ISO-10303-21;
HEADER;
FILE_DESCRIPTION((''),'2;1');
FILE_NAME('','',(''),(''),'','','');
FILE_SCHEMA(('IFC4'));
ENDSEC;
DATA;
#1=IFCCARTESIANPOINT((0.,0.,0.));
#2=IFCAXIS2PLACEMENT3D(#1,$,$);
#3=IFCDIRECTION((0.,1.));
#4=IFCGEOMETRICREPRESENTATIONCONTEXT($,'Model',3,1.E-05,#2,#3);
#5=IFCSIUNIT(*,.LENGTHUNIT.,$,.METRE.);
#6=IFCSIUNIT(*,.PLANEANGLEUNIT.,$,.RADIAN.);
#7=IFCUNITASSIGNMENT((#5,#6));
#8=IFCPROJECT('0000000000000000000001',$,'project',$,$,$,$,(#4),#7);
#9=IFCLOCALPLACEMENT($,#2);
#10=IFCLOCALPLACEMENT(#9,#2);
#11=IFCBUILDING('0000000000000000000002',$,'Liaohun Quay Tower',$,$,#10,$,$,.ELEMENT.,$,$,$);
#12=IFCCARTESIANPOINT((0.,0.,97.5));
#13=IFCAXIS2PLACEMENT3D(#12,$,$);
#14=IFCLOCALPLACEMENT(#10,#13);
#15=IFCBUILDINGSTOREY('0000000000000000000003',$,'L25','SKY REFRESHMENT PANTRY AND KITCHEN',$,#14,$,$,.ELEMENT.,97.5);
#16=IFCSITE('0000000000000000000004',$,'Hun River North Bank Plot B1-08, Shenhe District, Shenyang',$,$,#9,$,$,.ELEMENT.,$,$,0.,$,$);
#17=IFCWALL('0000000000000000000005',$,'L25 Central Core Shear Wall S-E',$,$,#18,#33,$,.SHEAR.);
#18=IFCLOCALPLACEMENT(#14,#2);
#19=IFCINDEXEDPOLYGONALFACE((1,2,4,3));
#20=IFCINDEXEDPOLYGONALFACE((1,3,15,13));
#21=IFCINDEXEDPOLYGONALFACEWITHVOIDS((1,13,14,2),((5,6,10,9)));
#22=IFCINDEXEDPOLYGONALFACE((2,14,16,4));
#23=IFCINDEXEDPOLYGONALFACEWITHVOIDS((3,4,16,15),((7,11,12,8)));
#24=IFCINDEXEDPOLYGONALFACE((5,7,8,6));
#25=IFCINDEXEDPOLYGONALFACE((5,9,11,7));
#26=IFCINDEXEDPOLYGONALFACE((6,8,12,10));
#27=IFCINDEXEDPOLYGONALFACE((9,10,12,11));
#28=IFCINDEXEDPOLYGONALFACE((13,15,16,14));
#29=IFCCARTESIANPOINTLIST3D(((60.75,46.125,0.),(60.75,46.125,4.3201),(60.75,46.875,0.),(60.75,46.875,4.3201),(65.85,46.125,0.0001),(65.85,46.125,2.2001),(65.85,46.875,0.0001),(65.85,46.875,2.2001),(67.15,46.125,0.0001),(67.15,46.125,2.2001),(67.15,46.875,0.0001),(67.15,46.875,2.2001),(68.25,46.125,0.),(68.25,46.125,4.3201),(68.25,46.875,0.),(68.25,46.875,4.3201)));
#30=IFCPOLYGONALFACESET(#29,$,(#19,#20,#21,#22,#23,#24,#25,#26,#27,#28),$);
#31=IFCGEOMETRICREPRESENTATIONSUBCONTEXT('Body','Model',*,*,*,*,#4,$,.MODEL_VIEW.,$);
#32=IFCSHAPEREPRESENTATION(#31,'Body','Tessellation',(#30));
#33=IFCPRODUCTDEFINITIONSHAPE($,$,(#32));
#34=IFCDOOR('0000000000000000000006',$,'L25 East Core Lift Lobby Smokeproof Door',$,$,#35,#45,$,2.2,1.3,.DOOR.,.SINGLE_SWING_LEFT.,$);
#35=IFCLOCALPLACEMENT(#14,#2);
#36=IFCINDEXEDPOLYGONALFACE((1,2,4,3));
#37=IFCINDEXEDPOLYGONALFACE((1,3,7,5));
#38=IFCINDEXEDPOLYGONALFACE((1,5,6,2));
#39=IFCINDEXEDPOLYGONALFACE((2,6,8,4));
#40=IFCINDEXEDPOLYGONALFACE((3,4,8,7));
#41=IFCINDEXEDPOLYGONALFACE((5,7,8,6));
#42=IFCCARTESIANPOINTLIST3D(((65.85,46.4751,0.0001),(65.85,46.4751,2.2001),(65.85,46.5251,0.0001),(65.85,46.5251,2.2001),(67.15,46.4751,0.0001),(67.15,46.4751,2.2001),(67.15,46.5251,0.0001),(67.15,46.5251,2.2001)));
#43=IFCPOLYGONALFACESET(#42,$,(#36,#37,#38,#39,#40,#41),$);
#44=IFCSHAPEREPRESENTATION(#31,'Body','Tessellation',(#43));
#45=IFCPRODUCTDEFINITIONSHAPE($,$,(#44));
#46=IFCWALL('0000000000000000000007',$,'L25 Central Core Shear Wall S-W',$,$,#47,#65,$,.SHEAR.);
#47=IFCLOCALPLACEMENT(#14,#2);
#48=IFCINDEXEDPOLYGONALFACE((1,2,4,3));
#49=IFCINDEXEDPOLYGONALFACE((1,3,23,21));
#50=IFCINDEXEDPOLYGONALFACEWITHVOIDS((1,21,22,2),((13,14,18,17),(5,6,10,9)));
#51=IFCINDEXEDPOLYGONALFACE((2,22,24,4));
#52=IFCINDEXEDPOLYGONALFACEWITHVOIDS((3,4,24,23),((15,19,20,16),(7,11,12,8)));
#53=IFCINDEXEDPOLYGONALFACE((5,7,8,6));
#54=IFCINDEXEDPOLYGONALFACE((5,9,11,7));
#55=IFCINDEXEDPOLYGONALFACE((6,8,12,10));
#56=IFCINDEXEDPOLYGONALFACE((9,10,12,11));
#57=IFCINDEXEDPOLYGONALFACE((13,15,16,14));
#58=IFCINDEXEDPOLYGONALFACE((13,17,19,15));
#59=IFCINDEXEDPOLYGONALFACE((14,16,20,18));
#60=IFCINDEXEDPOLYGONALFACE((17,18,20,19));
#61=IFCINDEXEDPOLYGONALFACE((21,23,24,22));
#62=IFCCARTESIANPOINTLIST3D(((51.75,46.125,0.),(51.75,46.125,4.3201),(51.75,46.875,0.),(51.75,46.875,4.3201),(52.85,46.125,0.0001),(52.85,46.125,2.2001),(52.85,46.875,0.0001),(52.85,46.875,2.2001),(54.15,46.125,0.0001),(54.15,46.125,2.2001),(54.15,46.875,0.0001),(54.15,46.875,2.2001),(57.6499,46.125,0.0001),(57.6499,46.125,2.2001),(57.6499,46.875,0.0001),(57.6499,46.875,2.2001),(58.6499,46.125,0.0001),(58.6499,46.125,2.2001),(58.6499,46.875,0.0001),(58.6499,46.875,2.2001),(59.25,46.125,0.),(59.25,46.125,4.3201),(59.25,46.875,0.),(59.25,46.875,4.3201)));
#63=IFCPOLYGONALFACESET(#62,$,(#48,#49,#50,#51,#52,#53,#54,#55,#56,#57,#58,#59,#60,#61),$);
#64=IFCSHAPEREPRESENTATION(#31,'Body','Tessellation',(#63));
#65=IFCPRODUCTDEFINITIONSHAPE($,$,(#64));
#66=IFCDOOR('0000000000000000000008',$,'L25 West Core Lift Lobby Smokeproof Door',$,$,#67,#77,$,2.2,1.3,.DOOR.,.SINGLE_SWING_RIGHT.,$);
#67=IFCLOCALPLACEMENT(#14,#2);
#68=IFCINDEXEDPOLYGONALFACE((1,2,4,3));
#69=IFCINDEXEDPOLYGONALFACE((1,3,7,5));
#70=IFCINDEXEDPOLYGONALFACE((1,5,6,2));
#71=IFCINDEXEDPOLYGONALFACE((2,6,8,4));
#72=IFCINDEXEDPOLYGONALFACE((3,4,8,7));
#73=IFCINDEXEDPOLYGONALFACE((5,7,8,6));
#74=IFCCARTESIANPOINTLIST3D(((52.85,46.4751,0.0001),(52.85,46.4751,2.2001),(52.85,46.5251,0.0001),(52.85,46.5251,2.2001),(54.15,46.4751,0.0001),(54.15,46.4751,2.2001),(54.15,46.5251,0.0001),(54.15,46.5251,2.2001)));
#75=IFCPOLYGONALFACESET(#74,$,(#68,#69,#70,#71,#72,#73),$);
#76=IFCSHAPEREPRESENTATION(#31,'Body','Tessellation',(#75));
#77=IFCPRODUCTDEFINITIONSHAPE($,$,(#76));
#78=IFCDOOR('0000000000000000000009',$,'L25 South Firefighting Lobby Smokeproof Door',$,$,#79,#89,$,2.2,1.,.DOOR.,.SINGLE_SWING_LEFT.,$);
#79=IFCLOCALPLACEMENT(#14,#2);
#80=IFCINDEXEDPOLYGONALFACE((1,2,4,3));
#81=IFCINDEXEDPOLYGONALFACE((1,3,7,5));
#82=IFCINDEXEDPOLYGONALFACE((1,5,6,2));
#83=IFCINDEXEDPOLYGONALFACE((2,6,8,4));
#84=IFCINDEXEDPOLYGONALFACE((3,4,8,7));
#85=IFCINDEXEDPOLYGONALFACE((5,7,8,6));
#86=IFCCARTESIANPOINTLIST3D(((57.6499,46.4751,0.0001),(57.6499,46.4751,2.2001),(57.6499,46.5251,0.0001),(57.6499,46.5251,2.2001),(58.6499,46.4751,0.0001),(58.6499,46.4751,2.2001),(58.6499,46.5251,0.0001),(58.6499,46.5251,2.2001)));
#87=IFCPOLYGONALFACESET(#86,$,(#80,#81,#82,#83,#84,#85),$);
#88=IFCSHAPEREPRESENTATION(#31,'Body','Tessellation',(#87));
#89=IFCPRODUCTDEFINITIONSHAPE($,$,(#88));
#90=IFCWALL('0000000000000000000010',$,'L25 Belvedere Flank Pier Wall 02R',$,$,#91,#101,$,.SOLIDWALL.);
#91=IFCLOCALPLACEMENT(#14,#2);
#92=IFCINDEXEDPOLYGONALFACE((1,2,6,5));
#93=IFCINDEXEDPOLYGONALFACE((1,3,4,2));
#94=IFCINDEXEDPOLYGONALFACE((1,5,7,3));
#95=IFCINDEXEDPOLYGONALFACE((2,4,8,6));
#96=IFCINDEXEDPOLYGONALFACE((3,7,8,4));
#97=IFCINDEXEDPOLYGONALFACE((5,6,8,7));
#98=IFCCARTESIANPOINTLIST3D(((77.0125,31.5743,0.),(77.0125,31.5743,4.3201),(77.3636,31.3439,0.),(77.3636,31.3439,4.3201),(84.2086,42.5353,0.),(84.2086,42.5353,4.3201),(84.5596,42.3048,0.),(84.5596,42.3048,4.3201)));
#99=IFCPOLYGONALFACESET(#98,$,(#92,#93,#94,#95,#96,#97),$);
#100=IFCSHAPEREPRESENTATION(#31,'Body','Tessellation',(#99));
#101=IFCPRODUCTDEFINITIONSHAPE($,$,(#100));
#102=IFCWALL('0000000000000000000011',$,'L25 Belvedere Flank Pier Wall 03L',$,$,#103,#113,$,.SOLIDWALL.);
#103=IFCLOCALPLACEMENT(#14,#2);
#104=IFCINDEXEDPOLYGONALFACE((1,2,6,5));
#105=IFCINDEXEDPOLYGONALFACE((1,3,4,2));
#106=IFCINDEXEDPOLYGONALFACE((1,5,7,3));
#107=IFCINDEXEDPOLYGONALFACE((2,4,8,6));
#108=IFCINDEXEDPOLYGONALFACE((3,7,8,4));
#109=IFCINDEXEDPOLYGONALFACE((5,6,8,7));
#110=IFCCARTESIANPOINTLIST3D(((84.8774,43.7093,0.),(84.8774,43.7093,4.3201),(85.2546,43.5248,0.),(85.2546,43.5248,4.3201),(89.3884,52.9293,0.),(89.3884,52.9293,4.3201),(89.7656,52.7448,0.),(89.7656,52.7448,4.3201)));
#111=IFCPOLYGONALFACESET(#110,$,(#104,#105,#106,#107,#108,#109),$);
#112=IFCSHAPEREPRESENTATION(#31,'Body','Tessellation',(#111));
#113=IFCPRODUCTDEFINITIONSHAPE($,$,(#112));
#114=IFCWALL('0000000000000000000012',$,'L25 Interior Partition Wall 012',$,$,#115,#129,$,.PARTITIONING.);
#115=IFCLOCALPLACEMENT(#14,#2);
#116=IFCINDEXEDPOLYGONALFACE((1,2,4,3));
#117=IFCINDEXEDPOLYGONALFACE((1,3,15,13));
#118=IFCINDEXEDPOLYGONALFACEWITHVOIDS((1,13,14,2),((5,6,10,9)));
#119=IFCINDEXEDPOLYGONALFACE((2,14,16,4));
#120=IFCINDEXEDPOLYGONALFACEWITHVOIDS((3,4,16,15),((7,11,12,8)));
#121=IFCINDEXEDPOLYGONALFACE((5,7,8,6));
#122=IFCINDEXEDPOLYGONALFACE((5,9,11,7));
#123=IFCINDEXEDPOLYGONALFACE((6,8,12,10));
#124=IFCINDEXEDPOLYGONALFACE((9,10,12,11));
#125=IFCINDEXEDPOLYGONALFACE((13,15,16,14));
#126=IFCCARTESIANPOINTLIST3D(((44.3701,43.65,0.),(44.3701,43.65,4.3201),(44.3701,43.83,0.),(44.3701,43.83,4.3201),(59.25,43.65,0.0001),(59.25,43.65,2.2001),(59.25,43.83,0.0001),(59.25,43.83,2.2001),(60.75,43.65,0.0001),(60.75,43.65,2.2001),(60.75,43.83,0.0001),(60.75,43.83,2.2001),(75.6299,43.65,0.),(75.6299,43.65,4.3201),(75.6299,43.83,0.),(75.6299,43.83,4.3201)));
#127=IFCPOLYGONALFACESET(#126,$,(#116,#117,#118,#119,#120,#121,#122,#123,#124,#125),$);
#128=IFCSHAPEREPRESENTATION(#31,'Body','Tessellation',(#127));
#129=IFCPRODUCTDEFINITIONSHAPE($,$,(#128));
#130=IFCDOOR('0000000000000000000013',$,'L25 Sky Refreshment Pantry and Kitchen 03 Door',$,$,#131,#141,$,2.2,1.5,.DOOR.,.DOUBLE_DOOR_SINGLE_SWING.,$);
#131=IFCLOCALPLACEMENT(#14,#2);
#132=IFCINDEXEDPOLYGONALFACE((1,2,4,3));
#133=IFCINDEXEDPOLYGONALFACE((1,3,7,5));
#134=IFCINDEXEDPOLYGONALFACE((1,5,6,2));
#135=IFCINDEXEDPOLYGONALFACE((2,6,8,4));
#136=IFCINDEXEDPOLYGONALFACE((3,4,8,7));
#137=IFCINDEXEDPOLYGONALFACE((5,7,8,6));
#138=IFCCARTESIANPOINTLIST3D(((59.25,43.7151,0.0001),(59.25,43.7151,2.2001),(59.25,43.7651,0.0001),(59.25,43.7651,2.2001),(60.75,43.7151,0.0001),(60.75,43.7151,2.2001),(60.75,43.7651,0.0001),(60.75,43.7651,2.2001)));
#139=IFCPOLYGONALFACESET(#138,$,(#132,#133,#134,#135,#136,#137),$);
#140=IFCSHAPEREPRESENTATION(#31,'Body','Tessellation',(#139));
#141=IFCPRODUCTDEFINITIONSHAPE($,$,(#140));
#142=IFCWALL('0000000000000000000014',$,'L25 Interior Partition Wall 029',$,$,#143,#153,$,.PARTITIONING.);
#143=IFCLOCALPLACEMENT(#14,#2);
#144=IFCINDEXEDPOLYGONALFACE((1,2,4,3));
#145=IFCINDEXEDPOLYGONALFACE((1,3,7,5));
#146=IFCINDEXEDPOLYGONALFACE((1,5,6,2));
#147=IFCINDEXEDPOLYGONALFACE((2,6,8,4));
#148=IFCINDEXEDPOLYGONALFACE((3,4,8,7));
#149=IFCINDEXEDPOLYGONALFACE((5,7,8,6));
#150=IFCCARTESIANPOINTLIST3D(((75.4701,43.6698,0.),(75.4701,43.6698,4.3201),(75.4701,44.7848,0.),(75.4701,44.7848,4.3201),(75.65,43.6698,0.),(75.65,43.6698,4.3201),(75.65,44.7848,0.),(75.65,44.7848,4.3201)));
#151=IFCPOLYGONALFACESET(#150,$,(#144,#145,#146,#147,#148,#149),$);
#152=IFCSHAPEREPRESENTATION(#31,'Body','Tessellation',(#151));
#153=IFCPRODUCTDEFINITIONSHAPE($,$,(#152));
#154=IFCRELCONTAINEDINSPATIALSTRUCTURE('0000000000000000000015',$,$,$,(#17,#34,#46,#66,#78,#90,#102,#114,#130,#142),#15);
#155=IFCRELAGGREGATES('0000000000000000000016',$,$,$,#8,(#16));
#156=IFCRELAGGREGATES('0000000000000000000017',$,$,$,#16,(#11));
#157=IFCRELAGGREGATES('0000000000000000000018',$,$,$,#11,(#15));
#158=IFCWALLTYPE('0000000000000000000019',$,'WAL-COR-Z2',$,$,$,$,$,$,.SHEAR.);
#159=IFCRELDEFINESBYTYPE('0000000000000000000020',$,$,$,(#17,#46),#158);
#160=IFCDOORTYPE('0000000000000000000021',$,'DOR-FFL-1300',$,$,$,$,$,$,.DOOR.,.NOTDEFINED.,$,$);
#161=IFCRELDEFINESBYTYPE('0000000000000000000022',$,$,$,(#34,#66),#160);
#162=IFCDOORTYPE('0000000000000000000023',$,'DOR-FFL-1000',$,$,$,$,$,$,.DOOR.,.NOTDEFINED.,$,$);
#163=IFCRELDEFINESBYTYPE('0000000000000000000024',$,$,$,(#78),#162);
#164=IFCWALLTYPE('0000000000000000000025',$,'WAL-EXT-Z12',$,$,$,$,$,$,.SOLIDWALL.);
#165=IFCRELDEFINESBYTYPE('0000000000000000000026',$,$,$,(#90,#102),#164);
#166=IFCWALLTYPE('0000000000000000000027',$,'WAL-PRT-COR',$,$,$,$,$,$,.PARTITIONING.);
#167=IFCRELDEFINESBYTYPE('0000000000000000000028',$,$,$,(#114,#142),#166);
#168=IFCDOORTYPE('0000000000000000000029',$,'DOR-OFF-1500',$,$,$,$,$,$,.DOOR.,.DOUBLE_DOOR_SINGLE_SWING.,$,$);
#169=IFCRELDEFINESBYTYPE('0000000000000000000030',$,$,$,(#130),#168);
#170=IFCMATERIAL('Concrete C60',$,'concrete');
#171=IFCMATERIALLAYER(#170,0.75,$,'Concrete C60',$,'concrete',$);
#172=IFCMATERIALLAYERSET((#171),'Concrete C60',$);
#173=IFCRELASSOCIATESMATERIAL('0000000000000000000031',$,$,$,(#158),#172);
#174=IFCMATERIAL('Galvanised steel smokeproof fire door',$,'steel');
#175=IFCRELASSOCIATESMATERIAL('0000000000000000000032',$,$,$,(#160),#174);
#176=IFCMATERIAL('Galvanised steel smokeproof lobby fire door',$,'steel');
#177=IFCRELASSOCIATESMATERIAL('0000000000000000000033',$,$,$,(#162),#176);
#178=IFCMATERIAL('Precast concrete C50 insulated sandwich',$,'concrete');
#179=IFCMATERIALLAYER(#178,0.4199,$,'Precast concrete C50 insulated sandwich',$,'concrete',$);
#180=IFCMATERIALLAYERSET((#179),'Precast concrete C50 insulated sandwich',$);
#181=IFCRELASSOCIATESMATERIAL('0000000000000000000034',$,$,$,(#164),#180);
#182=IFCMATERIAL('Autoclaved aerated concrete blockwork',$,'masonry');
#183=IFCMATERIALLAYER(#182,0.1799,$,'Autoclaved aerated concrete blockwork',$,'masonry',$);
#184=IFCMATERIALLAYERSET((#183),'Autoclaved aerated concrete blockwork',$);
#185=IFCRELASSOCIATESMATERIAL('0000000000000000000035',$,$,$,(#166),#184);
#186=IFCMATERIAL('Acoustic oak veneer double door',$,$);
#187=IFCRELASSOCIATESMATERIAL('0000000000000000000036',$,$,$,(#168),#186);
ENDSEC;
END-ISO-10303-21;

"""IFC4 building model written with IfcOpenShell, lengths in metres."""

from ifc_helpers import new_model, si_unit, direction, frame, frame_2d, origin, place, context, subcontext, project, spatial, rectangle, extrude, source, transform, mapped, material, layer, layer_set, type_object, element, fill, save


model = new_model("IFC4")

# Units and contexts
model_context = context("Model", 3, precision=1e-05, world=origin(), true_north=direction((0.0, 1.0)))
body_context = subcontext(model_context, "Body", "Model", "MODEL_VIEW")
ifc_project = project(units=[si_unit("LENGTHUNIT", "METRE"), si_unit("PLANEANGLEUNIT", "RADIAN")], contexts=[model_context])

# Site, building, storey
site_placement = place(None, origin())
site = spatial("IfcSite", under=ifc_project, at=site_placement, Name="Hun River North Bank Plot B1-08, Shenhe District, Shenyang", CompositionType="ELEMENT", RefElevation=0.0)
building_placement = place(site_placement, origin())
building = spatial("IfcBuilding", under=site, at=building_placement, Name="Liaohun Quay Tower", CompositionType="ELEMENT")
storey_placement = place(building_placement, frame((0.0, 0.0, 97.5)))
storey = spatial("IfcBuildingStorey", under=building, at=storey_placement, Name="L25", Description="SKY REFRESHMENT PANTRY AND KITCHEN", CompositionType="ELEMENT", Elevation=97.5)

# Shared definitions
ifc_material_1 = material(Name="Concrete C60", Category="concrete")

# Wall, opening, door
ifc_layer_1 = layer(ifc_material_1, 0.75, Name="Concrete C60", Category="concrete")
ifc_layer_set_1 = layer_set([ifc_layer_1], Name="Concrete C60")
wall_type_1 = type_object("IfcWallType", Name="WAL-COR-Z2", PredefinedType="SHEAR", material=ifc_layer_set_1)
wall_1_placement = place(storey_placement, frame((68.25, 46.5, 0.0), z_axis=(0.0, 0.0, 1.0), x_axis=(-1.0, 0.0, 0.0)))
wall_1 = element("IfcWall", 1, at=wall_1_placement, inside=storey, type_object=wall_type_1, Name="L25 Central Core Shear Wall S-E", PredefinedType="SHEAR", context=body_context, shape_type="SweptSolid", body=[
    extrude(rectangle(XDim=7.5, YDim=0.75, at=frame_2d((3.75, 0.0))), origin(), (0.0, 0.0, 1.0), 4.3201),
])
shared_shape_1 = source(origin(), body_context, "Body", "SweptSolid", [
    extrude(rectangle(XDim=1.3, YDim=2.2, at=frame_2d((0.6499, 1.1001))), frame((0.0, 0.385, 0.0), z_axis=(0.0, -1.0, 0.0), x_axis=(1.0, 0.0, 0.0)), (0.0, 0.0, 1.0), 0.77),
])
opening_1_placement = place(wall_1_placement, frame((1.1001, 0.0, 0.0)))
opening_1 = element("IfcOpeningElement", 2, at=opening_1_placement, cuts=wall_1, PredefinedType="OPENING", context=body_context, shape_type="MappedRepresentation", body=[
    mapped(shared_shape_1, transform((0.0, 0.0, 0.0), x_axis=(1.0, 0.0, 0.0), y_axis=(0.0, 1.0, 0.0), z_axis=(0.0, 0.0, 1.0), scale=1.0)),
])
ifc_material_2 = material(Name="Galvanised steel smokeproof fire door", Category="steel")
door_type_1 = type_object("IfcDoorType", Name="DOR-FFL-1300", OperationType="NOTDEFINED", PredefinedType="DOOR", material=ifc_material_2)
shared_shape_2 = source(origin(), body_context, "Body", "SweptSolid", [
    extrude(rectangle(XDim=1.3, YDim=2.2, at=frame_2d((0.6499, 1.1001))), frame((0.0, 0.0249, 0.0), z_axis=(0.0, -1.0, 0.0), x_axis=(1.0, 0.0, 0.0)), (0.0, 0.0, 1.0), 0.05),
])
door_1_placement = place(opening_1_placement, origin())
door_1 = element("IfcDoor", 3, at=door_1_placement, inside=storey, type_object=door_type_1, Name="L25 East Core Lift Lobby Smokeproof Door", OperationType="SINGLE_SWING_LEFT", OverallHeight=2.2, OverallWidth=1.3, PredefinedType="DOOR", context=body_context, shape_type="MappedRepresentation", body=[
    mapped(shared_shape_2, transform((0.0, 0.0, 0.0), x_axis=(1.0, 0.0, 0.0), y_axis=(0.0, 1.0, 0.0), z_axis=(0.0, 0.0, 1.0), scale=1.0)),
])
fill(opening_1, door_1)

# Wall, openings, doors
wall_2_placement = place(storey_placement, frame((59.25, 46.5, 0.0), z_axis=(0.0, 0.0, 1.0), x_axis=(-1.0, 0.0, 0.0)))
wall_2 = element("IfcWall", 4, at=wall_2_placement, inside=storey, type_object=wall_type_1, Name="L25 Central Core Shear Wall S-W", PredefinedType="SHEAR", context=body_context, shape_type="SweptSolid", body=[
    extrude(rectangle(XDim=7.5, YDim=0.75, at=frame_2d((3.75, 0.0))), origin(), (0.0, 0.0, 1.0), 4.3201),
])
opening_2_placement = place(wall_2_placement, frame((5.1001, 0.0, 0.0)))
opening_2 = element("IfcOpeningElement", 5, at=opening_2_placement, cuts=wall_2, PredefinedType="OPENING", context=body_context, shape_type="MappedRepresentation", body=[
    mapped(shared_shape_1, transform((0.0, 0.0, 0.0), x_axis=(1.0, 0.0, 0.0), y_axis=(0.0, 1.0, 0.0), z_axis=(0.0, 0.0, 1.0), scale=1.0)),
])
shared_shape_3 = source(origin(), body_context, "Body", "SweptSolid", [
    extrude(rectangle(XDim=1.0, YDim=2.2, at=frame_2d((0.5, 1.1001))), frame((0.0, 0.385, 0.0), z_axis=(0.0, -1.0, 0.0), x_axis=(1.0, 0.0, 0.0)), (0.0, 0.0, 1.0), 0.77),
])
opening_3_placement = place(wall_2_placement, frame((0.6001, 0.0, 0.0)))
opening_3 = element("IfcOpeningElement", 6, at=opening_3_placement, cuts=wall_2, PredefinedType="OPENING", context=body_context, shape_type="MappedRepresentation", body=[
    mapped(shared_shape_3, transform((0.0, 0.0, 0.0), x_axis=(1.0, 0.0, 0.0), y_axis=(0.0, 1.0, 0.0), z_axis=(0.0, 0.0, 1.0), scale=1.0)),
])
door_2_placement = place(opening_2_placement, origin())
door_2 = element("IfcDoor", 7, at=door_2_placement, inside=storey, type_object=door_type_1, Name="L25 West Core Lift Lobby Smokeproof Door", OperationType="SINGLE_SWING_RIGHT", OverallHeight=2.2, OverallWidth=1.3, PredefinedType="DOOR", context=body_context, shape_type="MappedRepresentation", body=[
    mapped(shared_shape_2, transform((0.0, 0.0, 0.0), x_axis=(1.0, 0.0, 0.0), y_axis=(0.0, 1.0, 0.0), z_axis=(0.0, 0.0, 1.0), scale=1.0)),
])
fill(opening_2, door_2)
ifc_material_3 = material(Name="Galvanised steel smokeproof lobby fire door", Category="steel")
door_type_2 = type_object("IfcDoorType", Name="DOR-FFL-1000", OperationType="NOTDEFINED", PredefinedType="DOOR", material=ifc_material_3)
shared_shape_4 = source(origin(), body_context, "Body", "SweptSolid", [
    extrude(rectangle(XDim=1.0, YDim=2.2, at=frame_2d((0.5, 1.1001))), frame((0.0, 0.0249, 0.0), z_axis=(0.0, -1.0, 0.0), x_axis=(1.0, 0.0, 0.0)), (0.0, 0.0, 1.0), 0.05),
])
door_3_placement = place(opening_3_placement, origin())
door_3 = element("IfcDoor", 8, at=door_3_placement, inside=storey, type_object=door_type_2, Name="L25 South Firefighting Lobby Smokeproof Door", OperationType="SINGLE_SWING_LEFT", OverallHeight=2.2, OverallWidth=1.0, PredefinedType="DOOR", context=body_context, shape_type="MappedRepresentation", body=[
    mapped(shared_shape_4, transform((0.0, 0.0, 0.0), x_axis=(1.0, 0.0, 0.0), y_axis=(0.0, 1.0, 0.0), z_axis=(0.0, 0.0, 1.0), scale=1.0)),
])
fill(opening_3, door_3)

# Walls
ifc_material_4 = material(Name="Precast concrete C50 insulated sandwich", Category="concrete")
ifc_layer_2 = layer(ifc_material_4, 0.4199, Name="Precast concrete C50 insulated sandwich", Category="concrete")
ifc_layer_set_2 = layer_set([ifc_layer_2], Name="Precast concrete C50 insulated sandwich")
wall_type_2 = type_object("IfcWallType", Name="WAL-EXT-Z12", PredefinedType="SOLIDWALL", material=ifc_layer_set_2)
wall_3_placement = place(storey_placement, frame((77.188, 31.459, 0.0), z_axis=(0.0, 0.0, 1.0), x_axis=(0.548813, 0.835945, 0.0)))
element("IfcWall", 9, at=wall_3_placement, inside=storey, type_object=wall_type_2, Name="L25 Belvedere Flank Pier Wall 02R", PredefinedType="SOLIDWALL", context=body_context, shape_type="SweptSolid", body=[
    extrude(rectangle(XDim=13.1121, YDim=0.4199, at=frame_2d((6.5562, 0.0))), origin(), (0.0, 0.0, 1.0), 4.3201),
])
wall_4_placement = place(storey_placement, frame((85.0659, 43.6169, 0.0), z_axis=(0.0, 0.0, 1.0), x_axis=(0.439481, 0.898252, 0.0)))
element("IfcWall", 10, at=wall_4_placement, inside=storey, type_object=wall_type_2, Name="L25 Belvedere Flank Pier Wall 03L", PredefinedType="SOLIDWALL", context=body_context, shape_type="SweptSolid", body=[
    extrude(rectangle(XDim=10.2644, YDim=0.4199, at=frame_2d((5.1323, 0.0))), origin(), (0.0, 0.0, 1.0), 4.3201),
])

# Wall, opening, door
ifc_material_5 = material(Name="Autoclaved aerated concrete blockwork", Category="masonry")
ifc_layer_3 = layer(ifc_material_5, 0.1799, Name="Autoclaved aerated concrete blockwork", Category="masonry")
ifc_layer_set_3 = layer_set([ifc_layer_3], Name="Autoclaved aerated concrete blockwork")
wall_type_3 = type_object("IfcWallType", Name="WAL-PRT-COR", PredefinedType="PARTITIONING", material=ifc_layer_set_3)
wall_5_placement = place(storey_placement, frame((75.6299, 43.74, 0.0), z_axis=(0.0, 0.0, 1.0), x_axis=(-1.0, 0.0, 0.0)))
wall_5 = element("IfcWall", 11, at=wall_5_placement, inside=storey, type_object=wall_type_3, Name="L25 Interior Partition Wall 012", PredefinedType="PARTITIONING", context=body_context, shape_type="SweptSolid", body=[
    extrude(rectangle(XDim=31.2598, YDim=0.1799, at=frame_2d((15.6299, 0.0))), origin(), (0.0, 0.0, 1.0), 4.3201),
])
shared_shape_5 = source(origin(), body_context, "Body", "SweptSolid", [
    extrude(rectangle(XDim=1.5, YDim=2.2, at=frame_2d((0.75, 1.1001))), frame((0.0, 0.0999, 0.0), z_axis=(0.0, -1.0, 0.0), x_axis=(1.0, 0.0, 0.0)), (0.0, 0.0, 1.0), 0.2),
])
opening_4_placement = place(wall_5_placement, frame((14.8799, 0.0, 0.0)))
opening_4 = element("IfcOpeningElement", 12, at=opening_4_placement, cuts=wall_5, PredefinedType="OPENING", context=body_context, shape_type="MappedRepresentation", body=[
    mapped(shared_shape_5, transform((0.0, 0.0, 0.0), x_axis=(1.0, 0.0, 0.0), y_axis=(0.0, 1.0, 0.0), z_axis=(0.0, 0.0, 1.0), scale=1.0)),
])
ifc_material_6 = material(Name="Acoustic oak veneer double door")
door_type_3 = type_object("IfcDoorType", Name="DOR-OFF-1500", OperationType="DOUBLE_DOOR_SINGLE_SWING", PredefinedType="DOOR", material=ifc_material_6)
shared_shape_6 = source(origin(), body_context, "Body", "SweptSolid", [
    extrude(rectangle(XDim=1.5, YDim=2.2, at=frame_2d((0.75, 1.1001))), frame((0.0, 0.0249, 0.0), z_axis=(0.0, -1.0, 0.0), x_axis=(1.0, 0.0, 0.0)), (0.0, 0.0, 1.0), 0.05),
])
door_4_placement = place(opening_4_placement, origin())
door_4 = element("IfcDoor", 13, at=door_4_placement, inside=storey, type_object=door_type_3, Name="L25 Sky Refreshment Pantry and Kitchen 03 Door", OperationType="DOUBLE_DOOR_SINGLE_SWING", OverallHeight=2.2, OverallWidth=1.5, PredefinedType="DOOR", context=body_context, shape_type="MappedRepresentation", body=[
    mapped(shared_shape_6, transform((0.0, 0.0, 0.0), x_axis=(1.0, 0.0, 0.0), y_axis=(0.0, 1.0, 0.0), z_axis=(0.0, 0.0, 1.0), scale=1.0)),
])
fill(opening_4, door_4)

# Wall
wall_6_placement = place(storey_placement, frame((75.5601, 44.7849, 0.0), z_axis=(0.0, 0.0, 1.0), x_axis=(0.0, -1.0, 0.0)))
element("IfcWall", 14, at=wall_6_placement, inside=storey, type_object=wall_type_3, Name="L25 Interior Partition Wall 029", PredefinedType="PARTITIONING", context=body_context, shape_type="SweptSolid", body=[
    extrude(rectangle(XDim=1.115, YDim=0.1799, at=frame_2d((0.5576, 0.0))), origin(), (0.0, 0.0, 1.0), 4.3201),
])

save(model, "model.ifc")
